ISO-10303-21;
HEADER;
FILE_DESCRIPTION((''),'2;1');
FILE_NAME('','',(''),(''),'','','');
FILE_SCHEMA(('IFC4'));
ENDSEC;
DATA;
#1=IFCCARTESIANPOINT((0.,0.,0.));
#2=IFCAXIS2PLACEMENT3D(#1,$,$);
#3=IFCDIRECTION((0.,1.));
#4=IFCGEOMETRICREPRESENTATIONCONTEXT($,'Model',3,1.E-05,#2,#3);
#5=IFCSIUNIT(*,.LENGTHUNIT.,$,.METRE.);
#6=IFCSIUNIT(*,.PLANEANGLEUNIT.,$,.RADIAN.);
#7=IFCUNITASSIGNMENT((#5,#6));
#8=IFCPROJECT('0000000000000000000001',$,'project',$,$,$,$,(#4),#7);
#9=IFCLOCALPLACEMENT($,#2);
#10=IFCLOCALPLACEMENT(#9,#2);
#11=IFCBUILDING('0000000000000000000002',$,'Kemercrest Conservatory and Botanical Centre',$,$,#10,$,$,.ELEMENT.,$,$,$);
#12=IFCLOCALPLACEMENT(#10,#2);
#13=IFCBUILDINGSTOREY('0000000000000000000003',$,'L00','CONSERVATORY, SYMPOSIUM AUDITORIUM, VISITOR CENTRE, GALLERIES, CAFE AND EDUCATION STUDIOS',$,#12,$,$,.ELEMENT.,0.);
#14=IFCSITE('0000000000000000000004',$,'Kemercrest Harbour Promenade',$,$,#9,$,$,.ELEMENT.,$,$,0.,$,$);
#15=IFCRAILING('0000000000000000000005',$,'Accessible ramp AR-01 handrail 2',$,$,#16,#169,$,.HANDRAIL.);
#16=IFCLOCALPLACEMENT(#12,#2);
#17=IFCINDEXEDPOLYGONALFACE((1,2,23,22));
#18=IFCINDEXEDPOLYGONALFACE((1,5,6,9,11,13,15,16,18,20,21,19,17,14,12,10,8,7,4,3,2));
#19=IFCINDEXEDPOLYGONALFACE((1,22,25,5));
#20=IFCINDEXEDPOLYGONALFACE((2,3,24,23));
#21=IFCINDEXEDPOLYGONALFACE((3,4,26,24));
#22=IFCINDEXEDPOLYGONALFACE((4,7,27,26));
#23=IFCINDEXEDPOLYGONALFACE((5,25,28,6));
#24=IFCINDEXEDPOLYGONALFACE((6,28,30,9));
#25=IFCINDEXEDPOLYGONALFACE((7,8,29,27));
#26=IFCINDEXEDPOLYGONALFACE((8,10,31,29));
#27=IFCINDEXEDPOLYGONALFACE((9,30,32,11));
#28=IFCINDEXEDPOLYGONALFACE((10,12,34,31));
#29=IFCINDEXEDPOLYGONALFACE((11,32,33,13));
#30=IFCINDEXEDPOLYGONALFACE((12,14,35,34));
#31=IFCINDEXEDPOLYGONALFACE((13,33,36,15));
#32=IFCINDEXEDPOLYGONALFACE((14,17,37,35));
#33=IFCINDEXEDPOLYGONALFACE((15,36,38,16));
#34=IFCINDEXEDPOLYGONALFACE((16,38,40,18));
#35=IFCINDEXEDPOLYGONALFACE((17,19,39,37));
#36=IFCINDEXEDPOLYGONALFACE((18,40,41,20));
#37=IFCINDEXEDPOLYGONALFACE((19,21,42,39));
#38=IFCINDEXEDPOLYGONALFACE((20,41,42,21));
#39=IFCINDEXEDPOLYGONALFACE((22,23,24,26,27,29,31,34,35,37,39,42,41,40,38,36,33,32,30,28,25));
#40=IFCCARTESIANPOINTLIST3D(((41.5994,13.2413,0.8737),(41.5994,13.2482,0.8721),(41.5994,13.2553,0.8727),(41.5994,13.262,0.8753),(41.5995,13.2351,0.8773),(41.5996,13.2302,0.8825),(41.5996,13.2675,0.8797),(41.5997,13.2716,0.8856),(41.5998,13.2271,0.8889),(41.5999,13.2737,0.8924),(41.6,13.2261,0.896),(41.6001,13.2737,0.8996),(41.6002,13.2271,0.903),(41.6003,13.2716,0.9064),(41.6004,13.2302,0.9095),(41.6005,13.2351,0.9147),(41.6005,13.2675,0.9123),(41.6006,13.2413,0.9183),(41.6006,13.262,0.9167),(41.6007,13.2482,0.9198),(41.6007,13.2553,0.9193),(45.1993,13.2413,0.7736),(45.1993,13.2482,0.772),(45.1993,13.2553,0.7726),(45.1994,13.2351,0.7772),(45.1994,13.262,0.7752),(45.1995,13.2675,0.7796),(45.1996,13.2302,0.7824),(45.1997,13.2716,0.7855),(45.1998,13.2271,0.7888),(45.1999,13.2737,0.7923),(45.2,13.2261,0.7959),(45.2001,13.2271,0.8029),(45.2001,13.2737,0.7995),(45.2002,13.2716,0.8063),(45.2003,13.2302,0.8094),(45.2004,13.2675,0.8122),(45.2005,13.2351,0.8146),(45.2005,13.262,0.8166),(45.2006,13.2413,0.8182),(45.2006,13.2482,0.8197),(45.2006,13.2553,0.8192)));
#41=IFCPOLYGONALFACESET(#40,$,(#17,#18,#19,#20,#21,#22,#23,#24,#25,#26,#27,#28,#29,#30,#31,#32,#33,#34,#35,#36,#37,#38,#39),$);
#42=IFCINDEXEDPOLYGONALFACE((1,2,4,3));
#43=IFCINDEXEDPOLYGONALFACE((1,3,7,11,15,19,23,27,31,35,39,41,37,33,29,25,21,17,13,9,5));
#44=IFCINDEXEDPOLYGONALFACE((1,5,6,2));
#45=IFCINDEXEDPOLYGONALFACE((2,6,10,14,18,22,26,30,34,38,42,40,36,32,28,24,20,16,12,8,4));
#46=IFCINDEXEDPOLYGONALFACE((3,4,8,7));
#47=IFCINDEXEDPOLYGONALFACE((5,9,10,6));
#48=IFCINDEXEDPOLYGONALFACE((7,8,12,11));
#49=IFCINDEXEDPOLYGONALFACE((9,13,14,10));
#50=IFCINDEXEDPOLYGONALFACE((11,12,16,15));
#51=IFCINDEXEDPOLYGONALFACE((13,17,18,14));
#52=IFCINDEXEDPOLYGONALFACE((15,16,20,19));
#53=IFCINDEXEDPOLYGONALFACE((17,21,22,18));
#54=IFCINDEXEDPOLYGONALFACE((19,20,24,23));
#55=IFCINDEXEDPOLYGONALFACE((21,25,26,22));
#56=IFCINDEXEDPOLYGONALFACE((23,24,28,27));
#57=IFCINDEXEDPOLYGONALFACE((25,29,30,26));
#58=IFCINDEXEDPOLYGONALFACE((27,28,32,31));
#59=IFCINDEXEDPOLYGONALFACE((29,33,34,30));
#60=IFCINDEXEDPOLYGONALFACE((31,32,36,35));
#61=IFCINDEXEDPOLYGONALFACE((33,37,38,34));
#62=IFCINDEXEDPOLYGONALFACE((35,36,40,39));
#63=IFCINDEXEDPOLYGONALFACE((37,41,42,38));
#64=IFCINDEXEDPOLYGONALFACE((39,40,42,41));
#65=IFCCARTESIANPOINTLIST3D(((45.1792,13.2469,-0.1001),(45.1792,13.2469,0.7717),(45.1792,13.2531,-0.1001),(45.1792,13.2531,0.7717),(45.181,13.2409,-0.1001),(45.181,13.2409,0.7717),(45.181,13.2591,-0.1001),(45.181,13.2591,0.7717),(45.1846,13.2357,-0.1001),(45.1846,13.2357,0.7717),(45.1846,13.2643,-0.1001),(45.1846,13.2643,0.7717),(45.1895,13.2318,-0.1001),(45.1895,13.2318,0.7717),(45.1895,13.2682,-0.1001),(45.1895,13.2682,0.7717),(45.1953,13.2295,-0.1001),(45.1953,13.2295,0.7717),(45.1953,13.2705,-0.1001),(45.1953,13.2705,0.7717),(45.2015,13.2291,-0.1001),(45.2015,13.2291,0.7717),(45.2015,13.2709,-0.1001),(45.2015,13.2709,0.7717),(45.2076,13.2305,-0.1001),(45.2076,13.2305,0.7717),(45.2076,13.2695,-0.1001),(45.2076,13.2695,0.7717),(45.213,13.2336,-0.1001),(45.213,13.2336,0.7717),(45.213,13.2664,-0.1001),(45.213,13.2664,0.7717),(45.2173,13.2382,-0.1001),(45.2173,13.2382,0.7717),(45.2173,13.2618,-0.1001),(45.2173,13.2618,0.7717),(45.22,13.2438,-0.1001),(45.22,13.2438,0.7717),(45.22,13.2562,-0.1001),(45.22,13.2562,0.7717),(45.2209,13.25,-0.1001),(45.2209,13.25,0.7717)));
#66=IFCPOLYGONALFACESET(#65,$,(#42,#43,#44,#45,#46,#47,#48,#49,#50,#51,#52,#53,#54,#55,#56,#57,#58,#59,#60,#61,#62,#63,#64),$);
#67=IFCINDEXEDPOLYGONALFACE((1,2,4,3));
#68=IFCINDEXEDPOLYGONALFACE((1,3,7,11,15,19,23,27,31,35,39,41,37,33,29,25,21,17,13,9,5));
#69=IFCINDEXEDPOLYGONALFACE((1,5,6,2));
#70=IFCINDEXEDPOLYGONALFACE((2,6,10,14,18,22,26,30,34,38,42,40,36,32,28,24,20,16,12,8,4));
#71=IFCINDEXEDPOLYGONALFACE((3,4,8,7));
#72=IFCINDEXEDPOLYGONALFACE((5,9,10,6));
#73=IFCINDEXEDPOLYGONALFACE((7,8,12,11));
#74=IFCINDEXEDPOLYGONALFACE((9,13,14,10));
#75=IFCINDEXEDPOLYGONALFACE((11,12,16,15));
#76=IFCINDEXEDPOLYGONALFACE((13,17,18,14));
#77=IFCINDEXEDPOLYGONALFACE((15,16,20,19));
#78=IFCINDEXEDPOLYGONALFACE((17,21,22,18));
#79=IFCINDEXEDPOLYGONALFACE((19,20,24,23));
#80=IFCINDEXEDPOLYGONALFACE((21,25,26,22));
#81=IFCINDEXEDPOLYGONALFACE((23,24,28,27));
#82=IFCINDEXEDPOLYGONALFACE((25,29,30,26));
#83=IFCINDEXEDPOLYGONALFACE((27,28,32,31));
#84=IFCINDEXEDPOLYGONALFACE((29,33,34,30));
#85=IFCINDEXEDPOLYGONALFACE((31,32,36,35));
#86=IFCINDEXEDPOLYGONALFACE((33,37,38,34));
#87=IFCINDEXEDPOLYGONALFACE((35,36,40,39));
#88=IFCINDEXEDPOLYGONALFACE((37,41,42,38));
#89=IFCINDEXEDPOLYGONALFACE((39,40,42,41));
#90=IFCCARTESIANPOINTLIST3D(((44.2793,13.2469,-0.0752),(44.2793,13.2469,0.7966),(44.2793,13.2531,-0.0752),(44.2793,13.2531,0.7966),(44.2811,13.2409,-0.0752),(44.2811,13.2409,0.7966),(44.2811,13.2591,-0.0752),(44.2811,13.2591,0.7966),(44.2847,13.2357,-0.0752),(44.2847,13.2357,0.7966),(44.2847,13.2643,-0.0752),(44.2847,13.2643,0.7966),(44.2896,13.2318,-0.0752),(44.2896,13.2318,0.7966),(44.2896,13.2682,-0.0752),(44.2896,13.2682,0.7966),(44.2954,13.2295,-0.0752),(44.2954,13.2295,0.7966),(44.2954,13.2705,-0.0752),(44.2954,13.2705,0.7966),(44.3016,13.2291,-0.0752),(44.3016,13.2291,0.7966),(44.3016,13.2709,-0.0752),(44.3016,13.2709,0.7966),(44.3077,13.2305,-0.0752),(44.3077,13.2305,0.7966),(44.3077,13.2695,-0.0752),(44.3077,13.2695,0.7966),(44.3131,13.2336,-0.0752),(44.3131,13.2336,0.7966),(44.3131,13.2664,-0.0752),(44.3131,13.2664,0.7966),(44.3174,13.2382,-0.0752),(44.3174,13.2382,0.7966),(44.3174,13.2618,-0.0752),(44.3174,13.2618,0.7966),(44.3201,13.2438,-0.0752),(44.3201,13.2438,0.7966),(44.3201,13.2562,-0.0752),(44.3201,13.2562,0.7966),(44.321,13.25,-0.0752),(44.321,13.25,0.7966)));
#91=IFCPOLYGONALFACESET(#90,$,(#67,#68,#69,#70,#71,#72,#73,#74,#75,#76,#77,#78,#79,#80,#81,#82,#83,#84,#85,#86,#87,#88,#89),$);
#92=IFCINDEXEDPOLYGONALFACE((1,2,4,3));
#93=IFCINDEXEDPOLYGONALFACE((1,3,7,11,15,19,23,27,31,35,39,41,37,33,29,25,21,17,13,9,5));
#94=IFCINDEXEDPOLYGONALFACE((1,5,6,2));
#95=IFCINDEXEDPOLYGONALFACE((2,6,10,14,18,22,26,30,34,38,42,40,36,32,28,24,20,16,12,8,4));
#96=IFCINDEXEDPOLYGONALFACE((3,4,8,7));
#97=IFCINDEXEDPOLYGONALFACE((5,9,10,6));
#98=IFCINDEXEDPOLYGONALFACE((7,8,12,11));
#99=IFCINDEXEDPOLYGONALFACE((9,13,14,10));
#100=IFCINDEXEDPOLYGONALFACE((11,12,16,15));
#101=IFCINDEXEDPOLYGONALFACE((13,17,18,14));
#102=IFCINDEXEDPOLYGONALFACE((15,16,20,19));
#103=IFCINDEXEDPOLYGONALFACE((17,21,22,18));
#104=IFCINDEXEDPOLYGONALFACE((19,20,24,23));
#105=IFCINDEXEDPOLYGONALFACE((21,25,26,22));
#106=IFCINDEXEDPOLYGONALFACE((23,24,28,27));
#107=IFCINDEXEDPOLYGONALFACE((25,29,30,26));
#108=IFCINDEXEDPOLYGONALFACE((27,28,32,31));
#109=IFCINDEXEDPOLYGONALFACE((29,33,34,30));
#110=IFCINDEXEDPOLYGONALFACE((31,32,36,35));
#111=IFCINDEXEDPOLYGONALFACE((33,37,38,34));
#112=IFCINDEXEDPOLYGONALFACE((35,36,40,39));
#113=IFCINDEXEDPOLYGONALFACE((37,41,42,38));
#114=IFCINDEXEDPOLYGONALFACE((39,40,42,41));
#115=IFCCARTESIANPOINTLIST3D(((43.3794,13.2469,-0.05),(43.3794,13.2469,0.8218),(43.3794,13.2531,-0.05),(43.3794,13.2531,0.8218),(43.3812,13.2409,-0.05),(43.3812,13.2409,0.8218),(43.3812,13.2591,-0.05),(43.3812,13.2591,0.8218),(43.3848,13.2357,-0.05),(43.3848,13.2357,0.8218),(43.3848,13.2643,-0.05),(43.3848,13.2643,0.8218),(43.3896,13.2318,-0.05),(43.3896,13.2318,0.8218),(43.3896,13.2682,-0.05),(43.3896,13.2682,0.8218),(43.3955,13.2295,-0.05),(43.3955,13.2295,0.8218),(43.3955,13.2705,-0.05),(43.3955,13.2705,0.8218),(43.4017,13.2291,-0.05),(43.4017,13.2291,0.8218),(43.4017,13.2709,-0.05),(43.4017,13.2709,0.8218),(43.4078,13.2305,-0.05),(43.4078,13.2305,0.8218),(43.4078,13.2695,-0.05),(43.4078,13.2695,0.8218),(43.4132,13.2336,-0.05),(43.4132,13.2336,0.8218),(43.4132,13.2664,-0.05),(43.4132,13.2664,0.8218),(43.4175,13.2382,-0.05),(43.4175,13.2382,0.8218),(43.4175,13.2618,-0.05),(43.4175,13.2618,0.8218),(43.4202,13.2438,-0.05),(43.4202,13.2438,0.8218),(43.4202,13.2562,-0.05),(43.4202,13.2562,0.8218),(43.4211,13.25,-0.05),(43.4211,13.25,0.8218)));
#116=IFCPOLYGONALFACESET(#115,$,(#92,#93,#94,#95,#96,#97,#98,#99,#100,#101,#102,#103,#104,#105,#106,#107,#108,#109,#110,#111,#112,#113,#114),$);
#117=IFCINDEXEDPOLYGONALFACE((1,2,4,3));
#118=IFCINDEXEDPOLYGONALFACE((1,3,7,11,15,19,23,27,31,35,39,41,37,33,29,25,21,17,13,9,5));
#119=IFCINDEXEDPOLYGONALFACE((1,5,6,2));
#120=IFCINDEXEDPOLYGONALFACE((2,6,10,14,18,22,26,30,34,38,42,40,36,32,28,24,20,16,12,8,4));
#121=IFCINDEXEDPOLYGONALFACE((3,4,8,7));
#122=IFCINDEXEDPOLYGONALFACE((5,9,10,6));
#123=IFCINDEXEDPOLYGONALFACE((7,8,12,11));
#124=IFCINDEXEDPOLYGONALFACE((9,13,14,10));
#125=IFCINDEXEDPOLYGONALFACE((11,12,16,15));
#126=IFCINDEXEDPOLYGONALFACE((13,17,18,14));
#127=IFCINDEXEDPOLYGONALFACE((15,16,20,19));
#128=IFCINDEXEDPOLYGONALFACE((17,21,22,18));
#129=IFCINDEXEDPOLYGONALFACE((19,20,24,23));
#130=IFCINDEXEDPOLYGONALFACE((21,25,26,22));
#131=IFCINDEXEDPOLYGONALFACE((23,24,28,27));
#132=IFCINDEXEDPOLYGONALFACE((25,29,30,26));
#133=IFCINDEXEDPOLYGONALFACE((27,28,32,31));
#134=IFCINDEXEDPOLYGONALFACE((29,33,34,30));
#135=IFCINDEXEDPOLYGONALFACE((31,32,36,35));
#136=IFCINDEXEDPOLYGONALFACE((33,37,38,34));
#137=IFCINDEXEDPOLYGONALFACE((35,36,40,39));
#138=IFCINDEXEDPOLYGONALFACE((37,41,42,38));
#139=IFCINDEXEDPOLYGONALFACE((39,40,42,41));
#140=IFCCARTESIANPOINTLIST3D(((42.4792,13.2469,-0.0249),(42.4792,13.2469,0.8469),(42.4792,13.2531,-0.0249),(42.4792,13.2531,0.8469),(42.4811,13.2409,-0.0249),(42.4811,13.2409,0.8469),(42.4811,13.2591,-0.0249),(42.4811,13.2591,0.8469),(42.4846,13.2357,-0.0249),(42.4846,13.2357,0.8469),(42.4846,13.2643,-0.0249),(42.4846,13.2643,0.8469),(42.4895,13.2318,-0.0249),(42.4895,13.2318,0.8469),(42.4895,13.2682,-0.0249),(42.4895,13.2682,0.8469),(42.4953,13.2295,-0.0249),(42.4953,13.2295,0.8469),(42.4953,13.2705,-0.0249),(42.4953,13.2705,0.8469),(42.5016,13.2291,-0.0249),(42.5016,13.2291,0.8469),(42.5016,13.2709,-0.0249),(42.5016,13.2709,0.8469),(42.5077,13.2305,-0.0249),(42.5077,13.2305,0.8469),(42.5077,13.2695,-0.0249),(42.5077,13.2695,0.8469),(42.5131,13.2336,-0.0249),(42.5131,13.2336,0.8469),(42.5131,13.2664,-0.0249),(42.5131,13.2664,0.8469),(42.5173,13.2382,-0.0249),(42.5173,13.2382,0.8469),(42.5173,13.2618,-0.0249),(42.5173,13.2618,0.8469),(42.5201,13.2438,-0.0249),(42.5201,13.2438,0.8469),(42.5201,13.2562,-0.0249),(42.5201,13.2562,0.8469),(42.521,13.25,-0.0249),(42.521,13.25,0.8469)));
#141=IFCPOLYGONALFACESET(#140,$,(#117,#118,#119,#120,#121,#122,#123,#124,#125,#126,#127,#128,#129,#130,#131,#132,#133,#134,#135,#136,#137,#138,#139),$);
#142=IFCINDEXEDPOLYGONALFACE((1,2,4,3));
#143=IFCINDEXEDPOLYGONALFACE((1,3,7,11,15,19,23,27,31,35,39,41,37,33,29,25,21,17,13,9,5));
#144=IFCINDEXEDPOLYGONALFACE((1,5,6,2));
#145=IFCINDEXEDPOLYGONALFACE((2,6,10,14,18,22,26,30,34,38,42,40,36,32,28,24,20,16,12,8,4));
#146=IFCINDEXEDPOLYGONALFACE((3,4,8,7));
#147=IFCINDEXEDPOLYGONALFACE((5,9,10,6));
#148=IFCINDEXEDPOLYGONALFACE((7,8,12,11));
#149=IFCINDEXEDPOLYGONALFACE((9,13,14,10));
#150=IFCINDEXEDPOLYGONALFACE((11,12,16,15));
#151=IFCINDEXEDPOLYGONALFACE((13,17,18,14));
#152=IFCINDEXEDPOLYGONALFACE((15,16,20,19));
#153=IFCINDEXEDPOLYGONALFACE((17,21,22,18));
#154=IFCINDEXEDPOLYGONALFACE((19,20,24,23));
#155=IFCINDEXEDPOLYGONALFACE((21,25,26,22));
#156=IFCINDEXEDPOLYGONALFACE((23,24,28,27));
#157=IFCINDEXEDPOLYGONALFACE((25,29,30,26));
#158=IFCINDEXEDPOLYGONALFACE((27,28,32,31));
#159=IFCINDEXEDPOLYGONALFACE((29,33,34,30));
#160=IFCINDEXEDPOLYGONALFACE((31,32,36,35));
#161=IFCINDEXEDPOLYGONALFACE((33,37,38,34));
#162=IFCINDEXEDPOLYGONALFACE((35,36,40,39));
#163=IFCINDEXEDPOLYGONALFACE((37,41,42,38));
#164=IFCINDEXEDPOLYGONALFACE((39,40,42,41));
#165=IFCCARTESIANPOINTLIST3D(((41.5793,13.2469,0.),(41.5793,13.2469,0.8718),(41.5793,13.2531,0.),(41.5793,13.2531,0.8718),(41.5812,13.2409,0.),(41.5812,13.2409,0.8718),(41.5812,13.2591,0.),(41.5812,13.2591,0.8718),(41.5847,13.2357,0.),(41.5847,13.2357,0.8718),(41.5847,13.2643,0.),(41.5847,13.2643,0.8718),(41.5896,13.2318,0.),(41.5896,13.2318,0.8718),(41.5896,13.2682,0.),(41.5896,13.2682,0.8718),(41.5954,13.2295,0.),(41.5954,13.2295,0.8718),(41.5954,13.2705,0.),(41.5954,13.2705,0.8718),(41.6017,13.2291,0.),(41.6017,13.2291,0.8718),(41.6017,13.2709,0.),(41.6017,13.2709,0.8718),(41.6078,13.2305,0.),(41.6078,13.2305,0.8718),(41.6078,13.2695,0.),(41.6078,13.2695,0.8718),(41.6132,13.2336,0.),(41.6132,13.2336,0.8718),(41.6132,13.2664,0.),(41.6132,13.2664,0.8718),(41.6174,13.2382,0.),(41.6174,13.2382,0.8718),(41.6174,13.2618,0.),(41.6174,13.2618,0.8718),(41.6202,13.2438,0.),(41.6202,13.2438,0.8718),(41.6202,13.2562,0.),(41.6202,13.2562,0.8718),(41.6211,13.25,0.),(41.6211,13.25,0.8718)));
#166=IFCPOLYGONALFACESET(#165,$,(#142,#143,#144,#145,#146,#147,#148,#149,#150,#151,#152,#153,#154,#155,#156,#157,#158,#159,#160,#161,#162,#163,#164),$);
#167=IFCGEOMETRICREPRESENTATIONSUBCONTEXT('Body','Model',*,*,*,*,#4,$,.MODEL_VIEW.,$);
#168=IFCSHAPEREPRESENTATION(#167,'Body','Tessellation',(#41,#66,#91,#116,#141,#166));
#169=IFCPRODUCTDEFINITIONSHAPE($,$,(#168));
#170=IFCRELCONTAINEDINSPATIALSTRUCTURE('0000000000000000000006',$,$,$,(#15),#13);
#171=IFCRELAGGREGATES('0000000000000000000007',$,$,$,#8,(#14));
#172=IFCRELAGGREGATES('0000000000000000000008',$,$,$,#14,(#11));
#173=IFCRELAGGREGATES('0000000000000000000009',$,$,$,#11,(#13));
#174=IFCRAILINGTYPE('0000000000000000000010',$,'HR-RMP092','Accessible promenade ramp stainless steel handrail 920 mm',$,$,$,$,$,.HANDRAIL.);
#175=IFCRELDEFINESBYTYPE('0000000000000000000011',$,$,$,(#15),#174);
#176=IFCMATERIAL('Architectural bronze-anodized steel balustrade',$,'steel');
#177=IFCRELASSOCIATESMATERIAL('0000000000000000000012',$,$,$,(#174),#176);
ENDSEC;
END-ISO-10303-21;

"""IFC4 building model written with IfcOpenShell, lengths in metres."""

from ifc_helpers import new_model, si_unit, direction, frame, origin, origin_2d, place, context, subcontext, project, spatial, circle, extrude, material, type_object, element, save


model = new_model("IFC4")

# Units and contexts
model_context = context("Model", 3, precision=1e-05, world=origin(), true_north=direction((0.0, 1.0)))
body_context = subcontext(model_context, "Body", "Model", "MODEL_VIEW")
ifc_project = project(units=[si_unit("LENGTHUNIT", "METRE"), si_unit("PLANEANGLEUNIT", "RADIAN")], contexts=[model_context])

# Site, building, storey
site_placement = place(None, origin())
site = spatial("IfcSite", under=ifc_project, at=site_placement, Name="Kemercrest Harbour Promenade", CompositionType="ELEMENT", RefElevation=0.0)
building_placement = place(site_placement, origin())
building = spatial("IfcBuilding", under=site, at=building_placement, Name="Kemercrest Conservatory and Botanical Centre", CompositionType="ELEMENT")
storey_placement = place(building_placement, origin())
storey = spatial("IfcBuildingStorey", under=building, at=storey_placement, Name="L00", Description="CONSERVATORY, SYMPOSIUM AUDITORIUM, VISITOR CENTRE, GALLERIES, CAFE AND EDUCATION STUDIOS", CompositionType="ELEMENT", Elevation=0.0)

# Railing
ifc_material_1 = material(Name="Architectural bronze-anodized steel balustrade", Category="steel")
railing_type = type_object("IfcRailingType", Name="HR-RMP092", Description="Accessible promenade ramp stainless steel handrail 920 mm", PredefinedType="HANDRAIL", material=ifc_material_1)
for number, where, name in (
    (1, (45.2, 13.25, -0.1001), "Accessible ramp AR-01 handrail 2"),
):
    element("IfcRailing", number, at=place(storey_placement, frame(where)), inside=storey, type_object=railing_type, Name=name, PredefinedType="HANDRAIL", context=body_context, shape_type="SweptSolid", body=[
        extrude(circle(Radius=0.0239, at=origin_2d()), frame((0.0, 0.0, 0.896), z_axis=(-0.999614, 0.0, 0.027795), x_axis=(0.0, -1.0, 0.0)), (0.0, 0.0, 1.0), 3.6013),
        extrude(circle(Radius=0.021, at=origin_2d()), origin(), (0.0, 0.0, 1.0), 0.8718),
        extrude(circle(Radius=0.021, at=origin_2d()), frame((-0.8999, 0.0, 0.0249)), (0.0, 0.0, 1.0), 0.8718),
        extrude(circle(Radius=0.021, at=origin_2d()), frame((-1.7998, 0.0, 0.05)), (0.0, 0.0, 1.0), 0.8718),
        extrude(circle(Radius=0.021, at=origin_2d()), frame((-2.7, 0.0, 0.0752)), (0.0, 0.0, 1.0), 0.8718),
        extrude(circle(Radius=0.021, at=origin_2d()), frame((-3.5999, 0.0, 0.1001)), (0.0, 0.0, 1.0), 0.8718),
    ])

save(model, "model.ifc")
